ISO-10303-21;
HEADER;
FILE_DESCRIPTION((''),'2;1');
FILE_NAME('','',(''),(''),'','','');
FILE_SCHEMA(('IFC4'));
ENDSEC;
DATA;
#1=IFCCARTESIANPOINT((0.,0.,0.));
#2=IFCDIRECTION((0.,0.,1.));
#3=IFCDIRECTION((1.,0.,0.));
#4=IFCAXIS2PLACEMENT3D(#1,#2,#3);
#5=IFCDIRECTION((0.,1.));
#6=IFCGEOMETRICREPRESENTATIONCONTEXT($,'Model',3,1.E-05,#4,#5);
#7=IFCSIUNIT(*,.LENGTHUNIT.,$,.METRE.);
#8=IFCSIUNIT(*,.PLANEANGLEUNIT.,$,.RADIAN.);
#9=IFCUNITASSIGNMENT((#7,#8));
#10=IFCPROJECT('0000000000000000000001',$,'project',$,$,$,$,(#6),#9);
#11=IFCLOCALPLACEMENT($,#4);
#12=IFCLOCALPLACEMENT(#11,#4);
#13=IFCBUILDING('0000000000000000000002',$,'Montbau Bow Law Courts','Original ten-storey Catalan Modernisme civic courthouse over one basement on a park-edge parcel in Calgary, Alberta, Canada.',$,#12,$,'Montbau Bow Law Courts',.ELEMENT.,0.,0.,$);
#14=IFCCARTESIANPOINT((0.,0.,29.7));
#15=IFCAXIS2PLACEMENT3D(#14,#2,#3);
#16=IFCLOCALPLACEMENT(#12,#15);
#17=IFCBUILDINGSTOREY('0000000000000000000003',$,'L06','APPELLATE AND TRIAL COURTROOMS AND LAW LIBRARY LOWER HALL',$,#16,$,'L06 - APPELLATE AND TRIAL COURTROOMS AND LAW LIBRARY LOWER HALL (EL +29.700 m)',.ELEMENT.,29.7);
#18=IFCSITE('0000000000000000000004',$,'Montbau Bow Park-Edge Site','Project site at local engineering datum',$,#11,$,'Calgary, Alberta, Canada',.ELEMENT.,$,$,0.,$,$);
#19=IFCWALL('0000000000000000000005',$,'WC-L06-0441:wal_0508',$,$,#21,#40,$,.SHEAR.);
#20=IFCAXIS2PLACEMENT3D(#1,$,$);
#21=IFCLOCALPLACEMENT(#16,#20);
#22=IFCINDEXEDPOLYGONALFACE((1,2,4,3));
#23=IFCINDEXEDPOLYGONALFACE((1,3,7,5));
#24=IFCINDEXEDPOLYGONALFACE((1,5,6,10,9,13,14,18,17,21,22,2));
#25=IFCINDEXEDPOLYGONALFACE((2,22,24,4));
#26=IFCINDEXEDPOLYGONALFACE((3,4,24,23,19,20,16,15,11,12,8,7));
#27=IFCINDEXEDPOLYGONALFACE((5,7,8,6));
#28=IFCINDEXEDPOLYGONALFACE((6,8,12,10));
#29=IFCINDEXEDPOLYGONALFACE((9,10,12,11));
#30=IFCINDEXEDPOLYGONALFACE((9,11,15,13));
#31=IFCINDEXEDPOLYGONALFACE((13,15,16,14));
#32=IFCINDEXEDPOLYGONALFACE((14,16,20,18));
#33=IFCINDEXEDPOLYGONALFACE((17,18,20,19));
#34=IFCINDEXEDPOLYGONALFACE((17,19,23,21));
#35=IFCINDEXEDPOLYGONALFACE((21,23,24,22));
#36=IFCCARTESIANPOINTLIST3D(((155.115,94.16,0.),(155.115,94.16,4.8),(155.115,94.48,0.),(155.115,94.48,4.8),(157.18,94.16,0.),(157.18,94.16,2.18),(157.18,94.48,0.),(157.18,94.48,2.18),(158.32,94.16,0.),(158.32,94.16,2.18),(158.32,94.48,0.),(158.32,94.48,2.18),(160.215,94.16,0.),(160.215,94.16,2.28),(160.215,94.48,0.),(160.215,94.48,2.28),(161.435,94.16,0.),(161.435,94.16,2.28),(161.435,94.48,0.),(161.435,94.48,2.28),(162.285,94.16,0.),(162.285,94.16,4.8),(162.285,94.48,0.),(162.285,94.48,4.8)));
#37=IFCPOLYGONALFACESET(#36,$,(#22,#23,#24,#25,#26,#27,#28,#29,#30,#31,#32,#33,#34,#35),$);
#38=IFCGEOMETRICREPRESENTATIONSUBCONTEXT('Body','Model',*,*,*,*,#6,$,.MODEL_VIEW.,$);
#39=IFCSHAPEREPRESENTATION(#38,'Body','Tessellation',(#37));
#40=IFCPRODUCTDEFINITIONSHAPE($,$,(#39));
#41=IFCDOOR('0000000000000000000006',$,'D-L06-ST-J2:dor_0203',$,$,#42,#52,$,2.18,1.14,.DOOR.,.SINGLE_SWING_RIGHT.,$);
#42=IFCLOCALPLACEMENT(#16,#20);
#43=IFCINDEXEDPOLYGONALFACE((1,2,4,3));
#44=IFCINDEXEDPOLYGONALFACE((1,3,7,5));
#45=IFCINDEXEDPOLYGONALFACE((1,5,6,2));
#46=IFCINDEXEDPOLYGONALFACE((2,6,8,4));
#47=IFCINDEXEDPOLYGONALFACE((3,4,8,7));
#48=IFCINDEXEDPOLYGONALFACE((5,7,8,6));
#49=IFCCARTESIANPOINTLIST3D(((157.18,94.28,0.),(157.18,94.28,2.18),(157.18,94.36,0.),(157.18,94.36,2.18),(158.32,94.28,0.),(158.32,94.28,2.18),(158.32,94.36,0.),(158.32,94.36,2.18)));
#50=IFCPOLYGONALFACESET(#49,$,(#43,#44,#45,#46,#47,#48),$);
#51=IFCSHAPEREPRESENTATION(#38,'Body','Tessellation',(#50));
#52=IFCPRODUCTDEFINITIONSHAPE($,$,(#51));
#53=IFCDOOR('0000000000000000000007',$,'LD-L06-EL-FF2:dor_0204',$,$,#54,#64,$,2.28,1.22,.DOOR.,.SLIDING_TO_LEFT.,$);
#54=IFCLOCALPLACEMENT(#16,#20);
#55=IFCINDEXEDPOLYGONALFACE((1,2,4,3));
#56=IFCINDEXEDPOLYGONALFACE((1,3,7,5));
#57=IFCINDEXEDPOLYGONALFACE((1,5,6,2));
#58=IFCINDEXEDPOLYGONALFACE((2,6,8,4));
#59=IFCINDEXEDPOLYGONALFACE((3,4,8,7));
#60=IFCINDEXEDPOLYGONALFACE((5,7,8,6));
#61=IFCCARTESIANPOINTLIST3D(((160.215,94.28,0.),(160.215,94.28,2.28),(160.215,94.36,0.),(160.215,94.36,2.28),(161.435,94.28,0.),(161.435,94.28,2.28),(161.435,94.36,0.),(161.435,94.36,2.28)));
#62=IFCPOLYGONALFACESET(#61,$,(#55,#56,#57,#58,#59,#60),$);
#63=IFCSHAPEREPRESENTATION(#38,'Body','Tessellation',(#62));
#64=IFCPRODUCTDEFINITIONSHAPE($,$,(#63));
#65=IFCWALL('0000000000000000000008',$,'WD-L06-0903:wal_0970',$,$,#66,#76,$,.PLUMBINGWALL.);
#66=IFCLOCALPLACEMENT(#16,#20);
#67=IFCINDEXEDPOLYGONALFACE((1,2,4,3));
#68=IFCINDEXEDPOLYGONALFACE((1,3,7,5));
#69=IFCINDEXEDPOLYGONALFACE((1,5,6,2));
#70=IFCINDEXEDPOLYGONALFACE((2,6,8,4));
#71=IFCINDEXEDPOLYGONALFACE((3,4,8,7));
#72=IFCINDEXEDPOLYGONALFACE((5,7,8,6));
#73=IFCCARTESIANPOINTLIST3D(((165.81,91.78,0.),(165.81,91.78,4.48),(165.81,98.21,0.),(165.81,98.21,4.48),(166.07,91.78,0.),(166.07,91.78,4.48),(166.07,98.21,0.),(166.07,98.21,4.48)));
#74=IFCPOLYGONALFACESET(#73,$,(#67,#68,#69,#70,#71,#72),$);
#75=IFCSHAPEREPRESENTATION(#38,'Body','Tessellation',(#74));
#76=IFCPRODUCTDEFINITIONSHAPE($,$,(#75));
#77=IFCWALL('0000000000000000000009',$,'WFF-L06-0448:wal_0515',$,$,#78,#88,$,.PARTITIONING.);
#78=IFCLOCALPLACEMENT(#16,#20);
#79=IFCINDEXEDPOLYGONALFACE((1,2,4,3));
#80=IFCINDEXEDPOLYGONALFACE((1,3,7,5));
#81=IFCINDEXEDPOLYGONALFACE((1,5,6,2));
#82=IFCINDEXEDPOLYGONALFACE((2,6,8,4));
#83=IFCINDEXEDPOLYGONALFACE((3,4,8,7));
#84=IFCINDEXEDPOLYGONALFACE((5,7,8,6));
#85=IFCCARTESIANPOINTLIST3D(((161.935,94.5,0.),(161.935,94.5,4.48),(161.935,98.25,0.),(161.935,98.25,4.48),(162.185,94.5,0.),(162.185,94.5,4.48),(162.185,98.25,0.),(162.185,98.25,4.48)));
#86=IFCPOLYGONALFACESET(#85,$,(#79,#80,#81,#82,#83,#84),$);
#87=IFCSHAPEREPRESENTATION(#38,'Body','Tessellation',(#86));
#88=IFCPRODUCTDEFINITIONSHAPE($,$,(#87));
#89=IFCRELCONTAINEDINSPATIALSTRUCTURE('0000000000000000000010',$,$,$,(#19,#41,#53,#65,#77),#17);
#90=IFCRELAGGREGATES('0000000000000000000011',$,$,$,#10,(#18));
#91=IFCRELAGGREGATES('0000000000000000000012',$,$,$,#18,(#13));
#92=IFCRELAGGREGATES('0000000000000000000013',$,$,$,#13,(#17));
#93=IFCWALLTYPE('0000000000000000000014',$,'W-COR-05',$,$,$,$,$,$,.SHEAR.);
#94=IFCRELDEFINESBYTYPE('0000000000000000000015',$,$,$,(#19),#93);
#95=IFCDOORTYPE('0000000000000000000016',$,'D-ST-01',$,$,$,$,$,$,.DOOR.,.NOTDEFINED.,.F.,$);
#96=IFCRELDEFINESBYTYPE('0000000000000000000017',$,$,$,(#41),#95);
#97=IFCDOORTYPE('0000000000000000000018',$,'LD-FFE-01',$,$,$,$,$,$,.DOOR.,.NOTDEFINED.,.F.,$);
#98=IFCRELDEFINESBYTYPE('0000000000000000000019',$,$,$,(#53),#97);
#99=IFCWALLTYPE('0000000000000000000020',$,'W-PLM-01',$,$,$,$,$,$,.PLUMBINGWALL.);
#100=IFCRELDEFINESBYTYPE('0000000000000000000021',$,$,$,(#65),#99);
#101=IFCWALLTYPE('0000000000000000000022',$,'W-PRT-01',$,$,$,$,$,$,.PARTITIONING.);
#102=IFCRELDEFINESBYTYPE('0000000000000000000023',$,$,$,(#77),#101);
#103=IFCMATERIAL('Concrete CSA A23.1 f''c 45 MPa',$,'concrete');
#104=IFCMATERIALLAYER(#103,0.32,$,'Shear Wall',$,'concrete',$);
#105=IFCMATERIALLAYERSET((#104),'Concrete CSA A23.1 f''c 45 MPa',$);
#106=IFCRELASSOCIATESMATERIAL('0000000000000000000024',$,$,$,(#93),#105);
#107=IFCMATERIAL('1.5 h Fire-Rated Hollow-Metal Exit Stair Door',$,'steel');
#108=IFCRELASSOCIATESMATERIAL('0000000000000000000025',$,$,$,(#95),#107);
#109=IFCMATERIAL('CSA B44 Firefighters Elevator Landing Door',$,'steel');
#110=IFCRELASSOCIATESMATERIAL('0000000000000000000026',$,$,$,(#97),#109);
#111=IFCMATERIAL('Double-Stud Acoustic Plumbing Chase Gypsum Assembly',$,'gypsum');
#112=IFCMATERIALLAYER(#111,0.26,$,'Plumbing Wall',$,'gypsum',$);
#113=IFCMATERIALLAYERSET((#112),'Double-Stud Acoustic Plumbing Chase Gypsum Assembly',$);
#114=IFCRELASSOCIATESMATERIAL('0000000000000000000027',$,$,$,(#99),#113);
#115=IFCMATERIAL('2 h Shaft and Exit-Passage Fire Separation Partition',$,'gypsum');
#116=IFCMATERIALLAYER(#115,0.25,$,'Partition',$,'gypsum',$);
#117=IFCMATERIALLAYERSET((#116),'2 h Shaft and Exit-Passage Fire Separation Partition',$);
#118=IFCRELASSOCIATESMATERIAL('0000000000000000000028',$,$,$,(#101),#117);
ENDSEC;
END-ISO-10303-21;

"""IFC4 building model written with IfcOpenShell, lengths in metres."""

from ifc_helpers import new_model, si_unit, direction, frame, frame_2d, origin_with_axes, place, context, subcontext, project, spatial, rectangle, extrude, material, layer, layer_set, type_object, element, fill, save


model = new_model("IFC4")

# Units and contexts
model_context = context("Model", 3, precision=1e-05, world=origin_with_axes(), true_north=direction((0.0, 1.0)))
body_context = subcontext(model_context, "Body", "Model", "MODEL_VIEW")
ifc_project = project(units=[si_unit("LENGTHUNIT", "METRE"), si_unit("PLANEANGLEUNIT", "RADIAN")], contexts=[model_context])

# Site, building, storey
site_placement = place(None, origin_with_axes())
site = spatial("IfcSite", under=ifc_project, at=site_placement, Name="Montbau Bow Park-Edge Site", Description="Project site at local engineering datum", LongName="Calgary, Alberta, Canada", CompositionType="ELEMENT", RefElevation=0.0)
building_placement = place(site_placement, origin_with_axes())
building = spatial("IfcBuilding", under=site, at=building_placement, Name="Montbau Bow Law Courts", Description="Original ten-storey Catalan Modernisme civic courthouse over one basement on a park-edge parcel in Calgary, Alberta, Canada.", LongName="Montbau Bow Law Courts", CompositionType="ELEMENT", ElevationOfRefHeight=0.0, ElevationOfTerrain=0.0)
storey_placement = place(building_placement, frame((0.0, 0.0, 29.7), z_axis=(0.0, 0.0, 1.0), x_axis=(1.0, 0.0, 0.0)))
storey = spatial("IfcBuildingStorey", under=building, at=storey_placement, Name="L06", Description="APPELLATE AND TRIAL COURTROOMS AND LAW LIBRARY LOWER HALL", LongName="L06 - APPELLATE AND TRIAL COURTROOMS AND LAW LIBRARY LOWER HALL (EL +29.700 m)", CompositionType="ELEMENT", Elevation=29.7)

# Wall, openings, doors
ifc_material_1 = material(Name="Concrete CSA A23.1 f'c 45 MPa", Category="concrete")
ifc_layer_1 = layer(ifc_material_1, 0.32, Name="Shear Wall", Category="concrete")
ifc_layer_set_1 = layer_set([ifc_layer_1], Name="Concrete CSA A23.1 f'c 45 MPa")
wall_type_1 = type_object("IfcWallType", Name="W-COR-05", PredefinedType="SHEAR", material=ifc_layer_set_1)
wall_1_placement = place(None, frame((162.285, 94.32, 29.7), z_axis=(0.0, 0.0, 1.0), x_axis=(-1.0, 0.0, 0.0)))
wall_1 = element("IfcWall", 1, at=wall_1_placement, inside=storey, type_object=wall_type_1, Name="WC-L06-0441:wal_0508", PredefinedType="SHEAR", context=body_context, shape_type="SweptSolid", body=[
    extrude(rectangle(XDim=7.17, YDim=0.32, at=frame_2d((3.585, 0.0), x_axis=(1.0, 0.0))), origin_with_axes(), (0.0, 0.0, 1.0), 4.8),
])
opening_1_placement = place(None, frame((157.75, 94.32, 29.7), z_axis=(0.0, 0.0, 1.0), x_axis=(-1.0, 0.0, 0.0)))
opening_1 = element("IfcOpeningElement", 2, at=opening_1_placement, cuts=wall_1, PredefinedType="OPENING", context=body_context, shape_type="SweptSolid", body=[
    extrude(rectangle(XDim=1.14, YDim=2.18, at=frame_2d((0.0, 1.09), x_axis=(1.0, 0.0))), frame((0.0, 0.17, 0.0), z_axis=(0.0, -1.0, 0.0), x_axis=(1.0, 0.0, 0.0)), (0.0, 0.0, 1.0), 0.34),
])
opening_2_placement = place(None, frame((160.825, 94.32, 29.7), z_axis=(0.0, 0.0, 1.0), x_axis=(-1.0, 0.0, 0.0)))
opening_2 = element("IfcOpeningElement", 3, at=opening_2_placement, cuts=wall_1, PredefinedType="OPENING", context=body_context, shape_type="SweptSolid", body=[
    extrude(rectangle(XDim=1.22, YDim=2.28, at=frame_2d((0.0, 1.14), x_axis=(1.0, 0.0))), frame((0.0, 0.17, 0.0), z_axis=(0.0, -1.0, 0.0), x_axis=(1.0, 0.0, 0.0)), (0.0, 0.0, 1.0), 0.34),
])
ifc_material_2 = material(Name="1.5 h Fire-Rated Hollow-Metal Exit Stair Door", Category="steel")
door_type_1 = type_object("IfcDoorType", Name="D-ST-01", OperationType="NOTDEFINED", ParameterTakesPrecedence=False, PredefinedType="DOOR", material=ifc_material_2)
door_1_placement = place(None, frame((157.75, 94.32, 29.7), z_axis=(0.0, 0.0, 1.0), x_axis=(1.0, 0.0, 0.0)))
door_1 = element("IfcDoor", 4, at=door_1_placement, inside=storey, type_object=door_type_1, Name="D-L06-ST-J2:dor_0203", OperationType="SINGLE_SWING_RIGHT", OverallHeight=2.18, OverallWidth=1.14, PredefinedType="DOOR", context=body_context, shape_type="SweptSolid", body=[
    extrude(rectangle(XDim=1.14, YDim=2.18, at=frame_2d((0.0, 1.09), x_axis=(1.0, 0.0))), frame((0.0, 0.04, 0.0), z_axis=(0.0, -1.0, 0.0), x_axis=(1.0, 0.0, 0.0)), (0.0, 0.0, 1.0), 0.08),
])
fill(opening_1, door_1)
ifc_material_3 = material(Name="CSA B44 Firefighters Elevator Landing Door", Category="steel")
door_type_2 = type_object("IfcDoorType", Name="LD-FFE-01", OperationType="NOTDEFINED", ParameterTakesPrecedence=False, PredefinedType="DOOR", material=ifc_material_3)
door_2_placement = place(None, frame((160.825, 94.32, 29.7), z_axis=(0.0, 0.0, 1.0), x_axis=(1.0, 0.0, 0.0)))
door_2 = element("IfcDoor", 5, at=door_2_placement, inside=storey, type_object=door_type_2, Name="LD-L06-EL-FF2:dor_0204", OperationType="SLIDING_TO_LEFT", OverallHeight=2.28, OverallWidth=1.22, PredefinedType="DOOR", context=body_context, shape_type="SweptSolid", body=[
    extrude(rectangle(XDim=1.22, YDim=2.28, at=frame_2d((0.0, 1.14), x_axis=(1.0, 0.0))), frame((0.0, 0.04, 0.0), z_axis=(0.0, -1.0, 0.0), x_axis=(1.0, 0.0, 0.0)), (0.0, 0.0, 1.0), 0.08),
])
fill(opening_2, door_2)

# Walls
ifc_material_4 = material(Name="Double-Stud Acoustic Plumbing Chase Gypsum Assembly", Category="gypsum")
ifc_layer_2 = layer(ifc_material_4, 0.26, Name="Plumbing Wall", Category="gypsum")
ifc_layer_set_2 = layer_set([ifc_layer_2], Name="Double-Stud Acoustic Plumbing Chase Gypsum Assembly")
wall_type_2 = type_object("IfcWallType", Name="W-PLM-01", PredefinedType="PLUMBINGWALL", material=ifc_layer_set_2)
wall_2_placement = place(None, frame((165.94, 91.78, 29.7), z_axis=(0.0, 0.0, 1.0), x_axis=(0.0, 1.0, 0.0)))
element("IfcWall", 6, at=wall_2_placement, inside=storey, type_object=wall_type_2, Name="WD-L06-0903:wal_0970", PredefinedType="PLUMBINGWALL", context=body_context, shape_type="SweptSolid", body=[
    extrude(rectangle(XDim=6.43, YDim=0.26, at=frame_2d((3.215, 0.0), x_axis=(1.0, 0.0))), origin_with_axes(), (0.0, 0.0, 1.0), 4.48),
])
ifc_material_5 = material(Name="2 h Shaft and Exit-Passage Fire Separation Partition", Category="gypsum")
ifc_layer_3 = layer(ifc_material_5, 0.25, Name="Partition", Category="gypsum")
ifc_layer_set_3 = layer_set([ifc_layer_3], Name="2 h Shaft and Exit-Passage Fire Separation Partition")
wall_type_3 = type_object("IfcWallType", Name="W-PRT-01", PredefinedType="PARTITIONING", material=ifc_layer_set_3)
wall_3_placement = place(None, frame((162.06, 94.5, 29.7), z_axis=(0.0, 0.0, 1.0), x_axis=(0.0, 1.0, 0.0)))
element("IfcWall", 7, at=wall_3_placement, inside=storey, type_object=wall_type_3, Name="WFF-L06-0448:wal_0515", PredefinedType="PARTITIONING", context=body_context, shape_type="SweptSolid", body=[
    extrude(rectangle(XDim=3.75, YDim=0.25, at=frame_2d((1.875, 0.0), x_axis=(1.0, 0.0))), origin_with_axes(), (0.0, 0.0, 1.0), 4.48),
])

save(model, "model.ifc")
